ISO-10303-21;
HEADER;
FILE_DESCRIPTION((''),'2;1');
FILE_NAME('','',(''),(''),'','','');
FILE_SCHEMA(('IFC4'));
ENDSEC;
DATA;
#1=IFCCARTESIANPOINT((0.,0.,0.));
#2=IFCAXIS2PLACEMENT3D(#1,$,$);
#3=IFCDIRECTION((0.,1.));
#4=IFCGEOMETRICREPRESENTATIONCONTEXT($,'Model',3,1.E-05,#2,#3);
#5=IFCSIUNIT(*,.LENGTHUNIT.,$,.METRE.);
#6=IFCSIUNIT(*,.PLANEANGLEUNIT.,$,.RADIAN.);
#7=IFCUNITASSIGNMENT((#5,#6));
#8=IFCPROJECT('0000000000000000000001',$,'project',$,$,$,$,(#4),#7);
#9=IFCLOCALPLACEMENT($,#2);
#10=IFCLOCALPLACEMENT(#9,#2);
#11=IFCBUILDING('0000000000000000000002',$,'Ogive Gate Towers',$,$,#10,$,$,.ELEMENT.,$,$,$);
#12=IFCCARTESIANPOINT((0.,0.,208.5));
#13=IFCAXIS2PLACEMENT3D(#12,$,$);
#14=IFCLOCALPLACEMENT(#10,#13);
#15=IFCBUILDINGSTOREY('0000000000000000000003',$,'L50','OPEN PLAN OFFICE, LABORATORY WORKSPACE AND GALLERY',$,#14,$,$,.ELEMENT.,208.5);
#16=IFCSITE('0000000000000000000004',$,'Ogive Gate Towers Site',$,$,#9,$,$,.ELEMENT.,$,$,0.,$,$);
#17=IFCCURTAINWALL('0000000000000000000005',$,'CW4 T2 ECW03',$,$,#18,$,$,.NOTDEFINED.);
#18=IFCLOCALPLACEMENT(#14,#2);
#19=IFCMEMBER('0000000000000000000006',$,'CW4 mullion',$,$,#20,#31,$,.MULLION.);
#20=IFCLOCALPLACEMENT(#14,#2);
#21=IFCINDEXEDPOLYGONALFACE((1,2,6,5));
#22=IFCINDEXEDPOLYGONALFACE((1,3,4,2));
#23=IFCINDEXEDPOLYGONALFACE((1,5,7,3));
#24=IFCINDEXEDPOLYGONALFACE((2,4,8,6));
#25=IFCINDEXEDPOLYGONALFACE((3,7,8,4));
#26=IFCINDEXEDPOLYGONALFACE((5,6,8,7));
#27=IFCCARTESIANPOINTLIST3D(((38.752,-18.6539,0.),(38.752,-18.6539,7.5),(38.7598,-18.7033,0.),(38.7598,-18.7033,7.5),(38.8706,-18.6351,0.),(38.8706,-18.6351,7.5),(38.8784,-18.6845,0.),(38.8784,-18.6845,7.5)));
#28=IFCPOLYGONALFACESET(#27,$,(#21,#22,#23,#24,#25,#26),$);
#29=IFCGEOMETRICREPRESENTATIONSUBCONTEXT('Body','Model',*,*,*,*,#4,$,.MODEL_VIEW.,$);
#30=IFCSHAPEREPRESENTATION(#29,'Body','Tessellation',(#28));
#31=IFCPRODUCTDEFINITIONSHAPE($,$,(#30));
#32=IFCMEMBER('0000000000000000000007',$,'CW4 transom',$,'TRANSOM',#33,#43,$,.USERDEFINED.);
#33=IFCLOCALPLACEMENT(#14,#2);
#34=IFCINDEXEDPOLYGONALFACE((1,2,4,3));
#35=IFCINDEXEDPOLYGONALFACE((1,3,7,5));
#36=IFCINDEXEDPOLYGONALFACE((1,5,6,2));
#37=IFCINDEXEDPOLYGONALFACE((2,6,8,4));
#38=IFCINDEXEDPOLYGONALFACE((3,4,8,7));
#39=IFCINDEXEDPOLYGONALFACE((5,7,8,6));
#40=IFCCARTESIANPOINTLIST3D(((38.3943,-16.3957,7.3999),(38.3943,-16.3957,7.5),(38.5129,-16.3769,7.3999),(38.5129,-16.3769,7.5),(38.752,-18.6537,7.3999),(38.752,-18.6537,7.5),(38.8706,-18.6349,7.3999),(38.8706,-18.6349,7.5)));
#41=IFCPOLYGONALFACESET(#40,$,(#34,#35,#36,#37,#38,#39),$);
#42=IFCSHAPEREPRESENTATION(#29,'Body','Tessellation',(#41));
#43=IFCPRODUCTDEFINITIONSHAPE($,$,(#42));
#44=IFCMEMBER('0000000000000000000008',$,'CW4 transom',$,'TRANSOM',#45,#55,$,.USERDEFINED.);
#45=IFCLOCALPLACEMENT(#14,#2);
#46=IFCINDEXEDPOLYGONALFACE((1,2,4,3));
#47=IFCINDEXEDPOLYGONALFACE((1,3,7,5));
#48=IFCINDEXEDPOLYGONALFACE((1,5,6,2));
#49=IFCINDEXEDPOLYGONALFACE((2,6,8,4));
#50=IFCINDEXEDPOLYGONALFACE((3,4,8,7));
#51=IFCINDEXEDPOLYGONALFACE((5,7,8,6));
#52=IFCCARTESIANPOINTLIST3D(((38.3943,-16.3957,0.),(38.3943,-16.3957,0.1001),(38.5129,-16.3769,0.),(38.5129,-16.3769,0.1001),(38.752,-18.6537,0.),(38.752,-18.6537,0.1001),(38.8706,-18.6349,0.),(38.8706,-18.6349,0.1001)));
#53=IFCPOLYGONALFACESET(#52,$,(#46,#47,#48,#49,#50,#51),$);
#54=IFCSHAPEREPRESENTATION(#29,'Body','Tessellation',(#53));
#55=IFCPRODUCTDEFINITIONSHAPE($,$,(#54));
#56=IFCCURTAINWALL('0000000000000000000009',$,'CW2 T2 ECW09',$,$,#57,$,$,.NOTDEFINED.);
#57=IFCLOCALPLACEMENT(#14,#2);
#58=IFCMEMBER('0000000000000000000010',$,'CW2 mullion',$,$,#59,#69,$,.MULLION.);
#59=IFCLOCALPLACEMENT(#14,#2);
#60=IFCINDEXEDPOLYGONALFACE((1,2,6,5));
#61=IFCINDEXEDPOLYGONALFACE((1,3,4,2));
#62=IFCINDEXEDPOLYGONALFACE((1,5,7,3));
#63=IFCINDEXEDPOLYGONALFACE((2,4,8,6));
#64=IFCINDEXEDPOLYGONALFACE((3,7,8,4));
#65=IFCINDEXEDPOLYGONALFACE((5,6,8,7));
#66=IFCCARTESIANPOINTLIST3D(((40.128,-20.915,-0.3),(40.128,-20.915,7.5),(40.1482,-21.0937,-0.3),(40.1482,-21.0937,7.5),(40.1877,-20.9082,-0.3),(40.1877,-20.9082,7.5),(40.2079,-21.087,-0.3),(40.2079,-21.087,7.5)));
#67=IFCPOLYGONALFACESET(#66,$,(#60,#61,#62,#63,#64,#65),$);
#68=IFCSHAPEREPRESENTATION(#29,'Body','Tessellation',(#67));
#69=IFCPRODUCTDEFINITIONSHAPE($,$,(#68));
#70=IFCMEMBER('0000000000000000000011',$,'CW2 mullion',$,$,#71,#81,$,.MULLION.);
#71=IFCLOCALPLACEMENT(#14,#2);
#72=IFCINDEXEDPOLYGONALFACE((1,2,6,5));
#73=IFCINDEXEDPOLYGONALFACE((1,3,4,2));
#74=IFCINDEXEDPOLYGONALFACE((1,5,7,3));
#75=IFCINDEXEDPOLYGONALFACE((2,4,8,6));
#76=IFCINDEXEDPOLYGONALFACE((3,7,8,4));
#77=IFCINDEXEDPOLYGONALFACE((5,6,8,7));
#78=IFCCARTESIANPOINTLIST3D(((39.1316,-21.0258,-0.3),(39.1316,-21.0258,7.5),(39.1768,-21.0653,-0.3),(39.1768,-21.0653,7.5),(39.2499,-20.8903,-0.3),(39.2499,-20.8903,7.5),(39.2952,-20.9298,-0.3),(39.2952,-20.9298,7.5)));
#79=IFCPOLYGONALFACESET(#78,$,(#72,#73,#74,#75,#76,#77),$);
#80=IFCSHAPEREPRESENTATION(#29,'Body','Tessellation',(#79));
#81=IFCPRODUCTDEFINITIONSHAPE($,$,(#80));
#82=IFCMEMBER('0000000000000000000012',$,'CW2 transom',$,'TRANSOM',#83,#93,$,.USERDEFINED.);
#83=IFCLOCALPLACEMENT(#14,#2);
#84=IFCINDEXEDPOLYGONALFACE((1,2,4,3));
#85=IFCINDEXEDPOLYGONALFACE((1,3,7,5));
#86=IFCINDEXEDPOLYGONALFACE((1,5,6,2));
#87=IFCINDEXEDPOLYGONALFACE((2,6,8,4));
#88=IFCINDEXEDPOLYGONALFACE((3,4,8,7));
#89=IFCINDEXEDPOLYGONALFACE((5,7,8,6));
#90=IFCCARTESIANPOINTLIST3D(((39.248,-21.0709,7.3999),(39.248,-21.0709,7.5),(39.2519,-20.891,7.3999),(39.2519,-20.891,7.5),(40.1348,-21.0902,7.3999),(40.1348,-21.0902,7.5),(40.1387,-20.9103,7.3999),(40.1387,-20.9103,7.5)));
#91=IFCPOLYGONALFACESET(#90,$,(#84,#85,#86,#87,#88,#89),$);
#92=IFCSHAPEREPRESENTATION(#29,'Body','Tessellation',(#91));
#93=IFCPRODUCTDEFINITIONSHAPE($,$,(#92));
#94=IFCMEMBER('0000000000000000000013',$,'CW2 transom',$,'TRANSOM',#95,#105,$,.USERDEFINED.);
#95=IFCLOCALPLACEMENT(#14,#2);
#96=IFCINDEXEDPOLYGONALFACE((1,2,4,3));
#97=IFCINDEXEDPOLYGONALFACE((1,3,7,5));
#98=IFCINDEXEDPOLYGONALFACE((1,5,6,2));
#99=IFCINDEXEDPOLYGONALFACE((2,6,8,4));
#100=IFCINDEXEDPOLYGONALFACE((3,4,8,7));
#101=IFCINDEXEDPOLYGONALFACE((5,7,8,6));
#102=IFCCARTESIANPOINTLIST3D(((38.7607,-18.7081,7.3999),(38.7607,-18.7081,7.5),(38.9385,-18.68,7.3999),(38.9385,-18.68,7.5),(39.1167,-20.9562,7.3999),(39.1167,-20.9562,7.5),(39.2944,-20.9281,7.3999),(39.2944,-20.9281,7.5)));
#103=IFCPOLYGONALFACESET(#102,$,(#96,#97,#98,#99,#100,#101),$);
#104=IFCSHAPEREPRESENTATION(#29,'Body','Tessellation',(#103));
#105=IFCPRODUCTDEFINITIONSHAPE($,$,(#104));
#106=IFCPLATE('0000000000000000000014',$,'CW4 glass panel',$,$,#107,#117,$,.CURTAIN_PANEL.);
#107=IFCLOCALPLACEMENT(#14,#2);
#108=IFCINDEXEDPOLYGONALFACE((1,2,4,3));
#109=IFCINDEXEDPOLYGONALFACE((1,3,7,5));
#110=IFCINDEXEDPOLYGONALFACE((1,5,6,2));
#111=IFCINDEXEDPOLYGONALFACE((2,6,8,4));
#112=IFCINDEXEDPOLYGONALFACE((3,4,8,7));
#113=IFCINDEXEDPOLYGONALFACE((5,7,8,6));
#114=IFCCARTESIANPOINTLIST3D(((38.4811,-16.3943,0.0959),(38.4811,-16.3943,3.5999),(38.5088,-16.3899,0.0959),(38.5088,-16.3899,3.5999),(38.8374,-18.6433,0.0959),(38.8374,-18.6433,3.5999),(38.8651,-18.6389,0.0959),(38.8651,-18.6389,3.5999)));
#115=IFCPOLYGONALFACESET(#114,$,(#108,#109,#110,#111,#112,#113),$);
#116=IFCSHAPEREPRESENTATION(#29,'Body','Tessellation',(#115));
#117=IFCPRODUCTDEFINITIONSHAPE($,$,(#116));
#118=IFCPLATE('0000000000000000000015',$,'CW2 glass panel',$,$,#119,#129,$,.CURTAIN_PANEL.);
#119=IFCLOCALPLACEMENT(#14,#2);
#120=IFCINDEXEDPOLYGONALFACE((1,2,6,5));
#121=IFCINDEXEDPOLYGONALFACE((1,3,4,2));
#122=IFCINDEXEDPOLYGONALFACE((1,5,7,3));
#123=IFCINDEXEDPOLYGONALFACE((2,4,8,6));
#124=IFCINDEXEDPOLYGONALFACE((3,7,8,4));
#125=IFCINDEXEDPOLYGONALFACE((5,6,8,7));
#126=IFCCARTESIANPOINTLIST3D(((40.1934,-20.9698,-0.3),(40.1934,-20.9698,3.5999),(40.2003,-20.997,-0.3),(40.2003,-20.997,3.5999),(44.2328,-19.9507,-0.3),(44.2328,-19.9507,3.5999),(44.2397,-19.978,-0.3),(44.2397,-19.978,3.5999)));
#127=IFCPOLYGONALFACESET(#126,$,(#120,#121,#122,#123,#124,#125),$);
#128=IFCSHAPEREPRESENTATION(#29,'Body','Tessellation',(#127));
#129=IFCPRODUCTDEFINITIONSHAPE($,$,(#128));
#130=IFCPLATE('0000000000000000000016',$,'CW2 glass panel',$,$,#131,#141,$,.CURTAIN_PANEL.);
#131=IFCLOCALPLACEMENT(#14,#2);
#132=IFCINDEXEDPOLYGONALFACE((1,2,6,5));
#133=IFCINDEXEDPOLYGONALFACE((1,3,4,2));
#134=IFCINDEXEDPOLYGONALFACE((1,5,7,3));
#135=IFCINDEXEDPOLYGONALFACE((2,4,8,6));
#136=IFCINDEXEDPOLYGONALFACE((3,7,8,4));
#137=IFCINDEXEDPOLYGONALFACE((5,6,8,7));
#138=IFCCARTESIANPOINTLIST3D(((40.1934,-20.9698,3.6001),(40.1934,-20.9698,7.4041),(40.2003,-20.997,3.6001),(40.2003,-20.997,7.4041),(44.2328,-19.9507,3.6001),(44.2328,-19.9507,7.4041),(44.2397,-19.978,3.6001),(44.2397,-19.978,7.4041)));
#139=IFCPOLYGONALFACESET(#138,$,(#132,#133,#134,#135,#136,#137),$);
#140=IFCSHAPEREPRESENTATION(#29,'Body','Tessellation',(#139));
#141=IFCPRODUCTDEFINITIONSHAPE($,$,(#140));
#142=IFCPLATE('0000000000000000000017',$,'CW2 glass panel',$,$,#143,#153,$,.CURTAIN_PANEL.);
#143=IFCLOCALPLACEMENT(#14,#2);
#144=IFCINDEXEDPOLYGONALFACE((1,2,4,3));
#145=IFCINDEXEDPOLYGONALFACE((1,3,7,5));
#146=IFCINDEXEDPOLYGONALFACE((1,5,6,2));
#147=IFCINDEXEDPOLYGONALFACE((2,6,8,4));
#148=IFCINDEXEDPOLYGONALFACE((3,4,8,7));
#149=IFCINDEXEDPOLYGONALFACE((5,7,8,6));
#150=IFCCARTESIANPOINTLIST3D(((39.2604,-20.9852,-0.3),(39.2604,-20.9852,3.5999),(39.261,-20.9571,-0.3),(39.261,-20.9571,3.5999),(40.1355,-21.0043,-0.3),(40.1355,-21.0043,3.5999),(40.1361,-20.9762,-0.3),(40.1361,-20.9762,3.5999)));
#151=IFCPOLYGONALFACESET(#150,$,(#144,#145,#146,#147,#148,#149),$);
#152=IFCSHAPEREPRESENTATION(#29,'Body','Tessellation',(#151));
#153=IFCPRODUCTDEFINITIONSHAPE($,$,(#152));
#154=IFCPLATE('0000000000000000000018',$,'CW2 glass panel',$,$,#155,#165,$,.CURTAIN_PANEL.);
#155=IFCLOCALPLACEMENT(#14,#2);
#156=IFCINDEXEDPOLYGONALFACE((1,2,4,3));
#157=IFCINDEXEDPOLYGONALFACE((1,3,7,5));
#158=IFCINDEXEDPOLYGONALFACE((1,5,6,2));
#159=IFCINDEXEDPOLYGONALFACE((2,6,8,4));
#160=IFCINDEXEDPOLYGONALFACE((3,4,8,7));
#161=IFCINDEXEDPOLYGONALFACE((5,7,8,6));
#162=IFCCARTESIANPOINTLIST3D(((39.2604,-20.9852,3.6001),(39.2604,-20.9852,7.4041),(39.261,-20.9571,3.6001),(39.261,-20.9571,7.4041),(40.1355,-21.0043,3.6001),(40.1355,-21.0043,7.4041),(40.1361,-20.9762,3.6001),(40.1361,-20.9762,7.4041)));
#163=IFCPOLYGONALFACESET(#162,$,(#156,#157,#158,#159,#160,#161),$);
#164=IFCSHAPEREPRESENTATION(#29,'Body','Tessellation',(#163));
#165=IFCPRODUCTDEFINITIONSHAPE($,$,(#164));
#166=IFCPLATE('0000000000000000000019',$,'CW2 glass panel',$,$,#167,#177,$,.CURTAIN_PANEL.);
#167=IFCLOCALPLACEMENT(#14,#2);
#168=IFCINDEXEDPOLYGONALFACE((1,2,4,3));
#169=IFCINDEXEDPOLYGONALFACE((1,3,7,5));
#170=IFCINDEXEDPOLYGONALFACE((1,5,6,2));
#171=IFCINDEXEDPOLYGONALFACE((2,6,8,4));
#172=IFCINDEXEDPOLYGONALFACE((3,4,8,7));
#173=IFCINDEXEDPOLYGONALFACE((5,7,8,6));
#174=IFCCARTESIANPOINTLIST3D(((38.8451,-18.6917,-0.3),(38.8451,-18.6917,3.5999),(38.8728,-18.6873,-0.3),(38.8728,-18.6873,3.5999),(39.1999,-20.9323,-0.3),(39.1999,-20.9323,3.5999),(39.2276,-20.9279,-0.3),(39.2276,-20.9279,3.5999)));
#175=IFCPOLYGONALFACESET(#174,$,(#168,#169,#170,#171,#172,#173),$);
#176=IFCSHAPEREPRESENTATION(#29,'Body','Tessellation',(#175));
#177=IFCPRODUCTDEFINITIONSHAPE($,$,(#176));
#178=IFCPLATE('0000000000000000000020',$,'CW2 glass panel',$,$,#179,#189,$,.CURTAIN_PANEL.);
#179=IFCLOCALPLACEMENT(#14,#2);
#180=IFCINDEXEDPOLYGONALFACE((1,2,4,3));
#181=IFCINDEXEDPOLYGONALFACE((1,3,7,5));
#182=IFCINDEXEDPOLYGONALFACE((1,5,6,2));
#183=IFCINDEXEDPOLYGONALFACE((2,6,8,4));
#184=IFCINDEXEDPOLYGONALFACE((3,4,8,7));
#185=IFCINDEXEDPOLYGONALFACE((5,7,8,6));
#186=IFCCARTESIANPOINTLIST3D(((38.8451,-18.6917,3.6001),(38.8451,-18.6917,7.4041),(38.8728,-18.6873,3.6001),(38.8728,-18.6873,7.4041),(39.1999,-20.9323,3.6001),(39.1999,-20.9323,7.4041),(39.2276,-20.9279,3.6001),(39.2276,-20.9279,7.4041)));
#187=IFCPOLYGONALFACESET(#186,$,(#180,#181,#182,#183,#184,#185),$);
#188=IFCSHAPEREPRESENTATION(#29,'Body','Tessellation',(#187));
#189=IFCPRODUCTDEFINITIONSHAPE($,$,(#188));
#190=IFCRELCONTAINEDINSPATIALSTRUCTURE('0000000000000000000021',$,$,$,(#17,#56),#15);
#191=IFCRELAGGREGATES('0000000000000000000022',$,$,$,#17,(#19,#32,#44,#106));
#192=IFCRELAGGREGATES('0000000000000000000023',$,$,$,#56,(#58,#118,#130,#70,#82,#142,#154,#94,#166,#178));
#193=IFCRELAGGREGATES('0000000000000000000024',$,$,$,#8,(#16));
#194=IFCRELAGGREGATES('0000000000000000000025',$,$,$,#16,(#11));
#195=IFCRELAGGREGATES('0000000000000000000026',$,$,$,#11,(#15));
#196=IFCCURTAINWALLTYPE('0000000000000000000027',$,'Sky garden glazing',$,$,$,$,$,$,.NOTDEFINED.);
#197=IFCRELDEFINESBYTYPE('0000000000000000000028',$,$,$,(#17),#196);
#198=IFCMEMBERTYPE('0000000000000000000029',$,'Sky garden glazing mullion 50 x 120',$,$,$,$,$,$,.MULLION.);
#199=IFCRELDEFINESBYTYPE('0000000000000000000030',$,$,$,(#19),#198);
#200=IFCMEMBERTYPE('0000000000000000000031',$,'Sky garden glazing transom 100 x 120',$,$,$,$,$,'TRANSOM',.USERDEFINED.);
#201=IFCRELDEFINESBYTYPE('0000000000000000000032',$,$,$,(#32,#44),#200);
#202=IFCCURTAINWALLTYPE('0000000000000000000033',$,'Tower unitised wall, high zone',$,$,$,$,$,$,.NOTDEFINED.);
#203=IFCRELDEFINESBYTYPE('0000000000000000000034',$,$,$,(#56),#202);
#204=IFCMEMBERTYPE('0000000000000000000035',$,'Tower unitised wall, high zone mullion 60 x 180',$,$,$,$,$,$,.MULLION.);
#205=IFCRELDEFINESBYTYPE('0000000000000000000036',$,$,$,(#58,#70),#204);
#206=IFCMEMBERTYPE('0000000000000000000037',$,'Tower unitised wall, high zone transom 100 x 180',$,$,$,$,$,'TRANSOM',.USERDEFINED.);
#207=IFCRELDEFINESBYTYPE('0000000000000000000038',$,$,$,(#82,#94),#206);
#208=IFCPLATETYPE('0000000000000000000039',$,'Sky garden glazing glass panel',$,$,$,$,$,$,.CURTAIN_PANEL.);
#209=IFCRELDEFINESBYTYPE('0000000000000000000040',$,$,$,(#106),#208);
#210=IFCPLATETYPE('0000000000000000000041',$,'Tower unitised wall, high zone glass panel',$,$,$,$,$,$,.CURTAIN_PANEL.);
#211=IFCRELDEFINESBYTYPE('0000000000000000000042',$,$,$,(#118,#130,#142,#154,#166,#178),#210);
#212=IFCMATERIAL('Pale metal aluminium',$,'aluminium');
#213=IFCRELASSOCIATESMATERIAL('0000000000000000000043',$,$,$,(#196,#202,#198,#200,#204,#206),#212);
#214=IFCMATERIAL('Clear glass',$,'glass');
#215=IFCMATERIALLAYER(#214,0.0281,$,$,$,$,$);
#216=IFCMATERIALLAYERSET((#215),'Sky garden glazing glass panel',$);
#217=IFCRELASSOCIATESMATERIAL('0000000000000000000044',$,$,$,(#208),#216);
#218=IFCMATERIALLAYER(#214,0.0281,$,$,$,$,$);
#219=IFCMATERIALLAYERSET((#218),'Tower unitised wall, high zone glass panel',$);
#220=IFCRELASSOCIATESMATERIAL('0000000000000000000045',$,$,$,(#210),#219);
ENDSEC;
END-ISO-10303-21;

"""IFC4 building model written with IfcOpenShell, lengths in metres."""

from ifc_helpers import new_model, si_unit, direction, frame, origin, origin_2d, place, context, subcontext, project, spatial, rectangle, extrude, material, layer, layer_set, material_profile, profile_set, type_object, element, aggregate, save


model = new_model("IFC4")

# Units and contexts
model_context = context("Model", 3, precision=1e-05, world=origin(), true_north=direction((0.0, 1.0)))
body_context = subcontext(model_context, "Body", "Model", "MODEL_VIEW")
ifc_project = project(units=[si_unit("LENGTHUNIT", "METRE"), si_unit("PLANEANGLEUNIT", "RADIAN")], contexts=[model_context])

# Site, building, storey
site_placement = place(None, origin())
site = spatial("IfcSite", under=ifc_project, at=site_placement, Name="Ogive Gate Towers Site", CompositionType="ELEMENT", RefElevation=0.0)
building_placement = place(site_placement, origin())
building = spatial("IfcBuilding", under=site, at=building_placement, Name="Ogive Gate Towers", CompositionType="ELEMENT")
storey_placement = place(building_placement, frame((0.0, 0.0, 208.5)))
storey = spatial("IfcBuildingStorey", under=building, at=storey_placement, Name="L50", Description="OPEN PLAN OFFICE, LABORATORY WORKSPACE AND GALLERY", CompositionType="ELEMENT", Elevation=208.5)

# Curtain walls, members
ifc_material_1 = material(Name="Pale metal aluminium", Category="aluminium")
curtain_wall_type_1 = type_object("IfcCurtainWallType", Name="Sky garden glazing", PredefinedType="NOTDEFINED", material=ifc_material_1)
curtain_wall_1_placement = place(storey_placement, origin())
curtain_wall_1 = element("IfcCurtainWall", 1, at=curtain_wall_1_placement, inside=storey, type_object=curtain_wall_type_1, Name="CW4 T2 ECW03", PredefinedType="NOTDEFINED")
ifc_material_profile_1 = material_profile(ifc_material_1, rectangle(XDim=0.1201, YDim=0.05, at=origin_2d()), Name="50 x 120 aluminium box")
ifc_profile_set_1 = profile_set([ifc_material_profile_1], Name="Pale metal aluminium")
member_type_1 = type_object("IfcMemberType", Name="Sky garden glazing mullion 50 x 120", PredefinedType="MULLION", material=ifc_profile_set_1)
member_1_placement = place(storey_placement, frame((38.8152, -18.6692, 0.0), z_axis=(0.0, 0.0, 1.0), x_axis=(0.987686, 0.156452, 0.0)))
member_1 = element("IfcMember", 2, at=member_1_placement, type_object=member_type_1, Name="CW4 mullion", PredefinedType="MULLION", context=body_context, shape_type="SweptSolid", body=[
    extrude(rectangle(XDim=0.1201, YDim=0.05, at=origin_2d()), origin(), (0.0, 0.0, 1.0), 7.5),
])
ifc_material_profile_2 = material_profile(ifc_material_1, rectangle(XDim=0.1201, YDim=0.1001, at=origin_2d()), Name="100 x 120 aluminium box")
ifc_profile_set_2 = profile_set([ifc_material_profile_2], Name="Pale metal aluminium")
member_type_2 = type_object("IfcMemberType", Name="Sky garden glazing transom 100 x 120", ElementType="TRANSOM", PredefinedType="USERDEFINED", material=ifc_profile_set_2)
member_2_placement = place(storey_placement, frame((38.8113, -18.6443, 7.45), z_axis=(-0.156445, 0.987687, 0.0), x_axis=(-0.987687, -0.156445, 0.0)))
member_2 = element("IfcMember", 3, at=member_2_placement, type_object=member_type_2, Name="CW4 transom", ObjectType="TRANSOM", PredefinedType="USERDEFINED", context=body_context, shape_type="SweptSolid", body=[
    extrude(rectangle(XDim=0.1201, YDim=0.1001, at=origin_2d()), origin(), (0.0, 0.0, 1.0), 2.2861),
])
member_3_placement = place(storey_placement, frame((38.8113, -18.6443, 0.05), z_axis=(-0.156445, 0.987687, 0.0), x_axis=(-0.987687, -0.156445, 0.0)))
member_3 = element("IfcMember", 4, at=member_3_placement, type_object=member_type_2, Name="CW4 transom", ObjectType="TRANSOM", PredefinedType="USERDEFINED", context=body_context, shape_type="SweptSolid", body=[
    extrude(rectangle(XDim=0.1201, YDim=0.1001, at=origin_2d()), origin(), (0.0, 0.0, 1.0), 2.2861),
])
curtain_wall_type_2 = type_object("IfcCurtainWallType", Name="Tower unitised wall, high zone", PredefinedType="NOTDEFINED", material=ifc_material_1)
curtain_wall_2_placement = place(storey_placement, origin())
curtain_wall_2 = element("IfcCurtainWall", 5, at=curtain_wall_2_placement, inside=storey, type_object=curtain_wall_type_2, Name="CW2 T2 ECW09", PredefinedType="NOTDEFINED")
ifc_material_profile_3 = material_profile(ifc_material_1, rectangle(XDim=0.1799, YDim=0.0601, at=origin_2d()), Name="60 x 180 aluminium box")
ifc_profile_set_3 = profile_set([ifc_material_profile_3], Name="Pale metal aluminium")
member_type_3 = type_object("IfcMemberType", Name="Tower unitised wall, high zone mullion 60 x 180", PredefinedType="MULLION", material=ifc_profile_set_3)
member_4_placement = place(storey_placement, frame((40.168, -21.001, -0.3), z_axis=(0.0, 0.0, 1.0), x_axis=(-0.112388, 0.993664, 0.0)))
member_4 = element("IfcMember", 6, at=member_4_placement, type_object=member_type_3, Name="CW2 mullion", PredefinedType="MULLION", context=body_context, shape_type="SweptSolid", body=[
    extrude(rectangle(XDim=0.1799, YDim=0.0601, at=origin_2d()), origin(), (0.0, 0.0, 1.0), 7.8),
])
member_5_placement = place(storey_placement, frame((39.2134, -20.9778, -0.3), z_axis=(0.0, 0.0, 1.0), x_axis=(0.65773, 0.753254, 0.0)))
member_5 = element("IfcMember", 7, at=member_5_placement, type_object=member_type_3, Name="CW2 mullion", PredefinedType="MULLION", context=body_context, shape_type="SweptSolid", body=[
    extrude(rectangle(XDim=0.1799, YDim=0.0601, at=origin_2d()), origin(), (0.0, 0.0, 1.0), 7.8),
])
ifc_material_profile_4 = material_profile(ifc_material_1, rectangle(XDim=0.1799, YDim=0.1001, at=origin_2d()), Name="100 x 180 aluminium box")
ifc_profile_set_4 = profile_set([ifc_material_profile_4], Name="Pale metal aluminium")
member_type_4 = type_object("IfcMemberType", Name="Tower unitised wall, high zone transom 100 x 180", ElementType="TRANSOM", PredefinedType="USERDEFINED", material=ifc_profile_set_4)
member_6_placement = place(storey_placement, frame((40.1367, -21.0002, 7.45), z_axis=(-0.999764, 0.021746, 0.0), x_axis=(-0.021746, -0.999764, 0.0)))
member_6 = element("IfcMember", 8, at=member_6_placement, type_object=member_type_4, Name="CW2 transom", ObjectType="TRANSOM", PredefinedType="USERDEFINED", context=body_context, shape_type="SweptSolid", body=[
    extrude(rectangle(XDim=0.1799, YDim=0.1001, at=origin_2d()), origin(), (0.0, 0.0, 1.0), 0.887),
])
member_7_placement = place(storey_placement, frame((39.2056, -20.9421, 7.45), z_axis=(-0.156392, 0.987695, 0.0), x_axis=(-0.987695, -0.156392, 0.0)))
member_7 = element("IfcMember", 9, at=member_7_placement, type_object=member_type_4, Name="CW2 transom", ObjectType="TRANSOM", PredefinedType="USERDEFINED", context=body_context, shape_type="SweptSolid", body=[
    extrude(rectangle(XDim=0.1799, YDim=0.1001, at=origin_2d()), origin(), (0.0, 0.0, 1.0), 2.2761),
])

# Plates
ifc_material_2 = material(Name="Clear glass", Category="glass")
ifc_layer_1 = layer(ifc_material_2, 0.0281)
ifc_layer_set_1 = layer_set([ifc_layer_1], Name="Sky garden glazing glass panel")
plate_type_1 = type_object("IfcPlateType", Name="Sky garden glazing glass panel", PredefinedType="CURTAIN_PANEL", material=ifc_layer_set_1)
plate_1_placement = place(storey_placement, frame((38.6731, -17.5166, 0.0959), z_axis=(0.0, 0.0, 1.0), x_axis=(-0.156452, 0.987686, 0.0)))
plate_1 = element("IfcPlate", 10, at=plate_1_placement, type_object=plate_type_1, Name="CW4 glass panel", PredefinedType="CURTAIN_PANEL", context=body_context, shape_type="SweptSolid", body=[
    extrude(rectangle(XDim=2.2771, YDim=0.0281, at=origin_2d()), origin(), (0.0, 0.0, 1.0), 3.5039),
])
aggregate(curtain_wall_1, [member_1, member_2, member_3, plate_1])
ifc_layer_2 = layer(ifc_material_2, 0.0281)
ifc_layer_set_2 = layer_set([ifc_layer_2], Name="Tower unitised wall, high zone glass panel")
plate_type_2 = type_object("IfcPlateType", Name="Tower unitised wall, high zone glass panel", PredefinedType="CURTAIN_PANEL", material=ifc_layer_set_2)
plate_2_placement = place(storey_placement, frame((42.2166, -20.4739, -0.3), z_axis=(0.0, 0.0, 1.0), x_axis=(-0.969621, -0.244614, 0.0)))
plate_2 = element("IfcPlate", 11, at=plate_2_placement, type_object=plate_type_2, Name="CW2 glass panel", PredefinedType="CURTAIN_PANEL", context=body_context, shape_type="SweptSolid", body=[
    extrude(rectangle(XDim=4.166, YDim=0.0281, at=origin_2d()), origin(), (0.0, 0.0, 1.0), 3.8999),
])
plate_3_placement = place(storey_placement, frame((42.2166, -20.4739, 3.6001), z_axis=(0.0, 0.0, 1.0), x_axis=(-0.969621, -0.244614, 0.0)))
plate_3 = element("IfcPlate", 12, at=plate_3_placement, type_object=plate_type_2, Name="CW2 glass panel", PredefinedType="CURTAIN_PANEL", context=body_context, shape_type="SweptSolid", body=[
    extrude(rectangle(XDim=4.166, YDim=0.0281, at=origin_2d()), origin(), (0.0, 0.0, 1.0), 3.804),
])
plate_4_placement = place(storey_placement, frame((39.6982, -20.9807, -0.3), z_axis=(0.0, 0.0, 1.0), x_axis=(-0.999761, 0.021867, 0.0)))
plate_4 = element("IfcPlate", 13, at=plate_4_placement, type_object=plate_type_2, Name="CW2 glass panel", PredefinedType="CURTAIN_PANEL", context=body_context, shape_type="SweptSolid", body=[
    extrude(rectangle(XDim=0.8752, YDim=0.0281, at=origin_2d()), origin(), (0.0, 0.0, 1.0), 3.8999),
])
plate_5_placement = place(storey_placement, frame((39.6982, -20.9807, 3.6001), z_axis=(0.0, 0.0, 1.0), x_axis=(-0.999761, 0.021867, 0.0)))
plate_5 = element("IfcPlate", 14, at=plate_5_placement, type_object=plate_type_2, Name="CW2 glass panel", PredefinedType="CURTAIN_PANEL", context=body_context, shape_type="SweptSolid", body=[
    extrude(rectangle(XDim=0.8752, YDim=0.0281, at=origin_2d()), origin(), (0.0, 0.0, 1.0), 3.804),
])
plate_6_placement = place(storey_placement, frame((39.0364, -19.8098, -0.3), z_axis=(0.0, 0.0, 1.0), x_axis=(-0.1564, 0.987694, 0.0)))
plate_6 = element("IfcPlate", 15, at=plate_6_placement, type_object=plate_type_2, Name="CW2 glass panel", PredefinedType="CURTAIN_PANEL", context=body_context, shape_type="SweptSolid", body=[
    extrude(rectangle(XDim=2.2686, YDim=0.0281, at=origin_2d()), origin(), (0.0, 0.0, 1.0), 3.8999),
])
plate_7_placement = place(storey_placement, frame((39.0364, -19.8098, 3.6001), z_axis=(0.0, 0.0, 1.0), x_axis=(-0.1564, 0.987694, 0.0)))
plate_7 = element("IfcPlate", 16, at=plate_7_placement, type_object=plate_type_2, Name="CW2 glass panel", PredefinedType="CURTAIN_PANEL", context=body_context, shape_type="SweptSolid", body=[
    extrude(rectangle(XDim=2.2686, YDim=0.0281, at=origin_2d()), origin(), (0.0, 0.0, 1.0), 3.804),
])
aggregate(curtain_wall_2, [member_4, plate_2, plate_3, member_5, member_6, plate_4, plate_5, member_7, plate_6, plate_7])

save(model, "model.ifc")
